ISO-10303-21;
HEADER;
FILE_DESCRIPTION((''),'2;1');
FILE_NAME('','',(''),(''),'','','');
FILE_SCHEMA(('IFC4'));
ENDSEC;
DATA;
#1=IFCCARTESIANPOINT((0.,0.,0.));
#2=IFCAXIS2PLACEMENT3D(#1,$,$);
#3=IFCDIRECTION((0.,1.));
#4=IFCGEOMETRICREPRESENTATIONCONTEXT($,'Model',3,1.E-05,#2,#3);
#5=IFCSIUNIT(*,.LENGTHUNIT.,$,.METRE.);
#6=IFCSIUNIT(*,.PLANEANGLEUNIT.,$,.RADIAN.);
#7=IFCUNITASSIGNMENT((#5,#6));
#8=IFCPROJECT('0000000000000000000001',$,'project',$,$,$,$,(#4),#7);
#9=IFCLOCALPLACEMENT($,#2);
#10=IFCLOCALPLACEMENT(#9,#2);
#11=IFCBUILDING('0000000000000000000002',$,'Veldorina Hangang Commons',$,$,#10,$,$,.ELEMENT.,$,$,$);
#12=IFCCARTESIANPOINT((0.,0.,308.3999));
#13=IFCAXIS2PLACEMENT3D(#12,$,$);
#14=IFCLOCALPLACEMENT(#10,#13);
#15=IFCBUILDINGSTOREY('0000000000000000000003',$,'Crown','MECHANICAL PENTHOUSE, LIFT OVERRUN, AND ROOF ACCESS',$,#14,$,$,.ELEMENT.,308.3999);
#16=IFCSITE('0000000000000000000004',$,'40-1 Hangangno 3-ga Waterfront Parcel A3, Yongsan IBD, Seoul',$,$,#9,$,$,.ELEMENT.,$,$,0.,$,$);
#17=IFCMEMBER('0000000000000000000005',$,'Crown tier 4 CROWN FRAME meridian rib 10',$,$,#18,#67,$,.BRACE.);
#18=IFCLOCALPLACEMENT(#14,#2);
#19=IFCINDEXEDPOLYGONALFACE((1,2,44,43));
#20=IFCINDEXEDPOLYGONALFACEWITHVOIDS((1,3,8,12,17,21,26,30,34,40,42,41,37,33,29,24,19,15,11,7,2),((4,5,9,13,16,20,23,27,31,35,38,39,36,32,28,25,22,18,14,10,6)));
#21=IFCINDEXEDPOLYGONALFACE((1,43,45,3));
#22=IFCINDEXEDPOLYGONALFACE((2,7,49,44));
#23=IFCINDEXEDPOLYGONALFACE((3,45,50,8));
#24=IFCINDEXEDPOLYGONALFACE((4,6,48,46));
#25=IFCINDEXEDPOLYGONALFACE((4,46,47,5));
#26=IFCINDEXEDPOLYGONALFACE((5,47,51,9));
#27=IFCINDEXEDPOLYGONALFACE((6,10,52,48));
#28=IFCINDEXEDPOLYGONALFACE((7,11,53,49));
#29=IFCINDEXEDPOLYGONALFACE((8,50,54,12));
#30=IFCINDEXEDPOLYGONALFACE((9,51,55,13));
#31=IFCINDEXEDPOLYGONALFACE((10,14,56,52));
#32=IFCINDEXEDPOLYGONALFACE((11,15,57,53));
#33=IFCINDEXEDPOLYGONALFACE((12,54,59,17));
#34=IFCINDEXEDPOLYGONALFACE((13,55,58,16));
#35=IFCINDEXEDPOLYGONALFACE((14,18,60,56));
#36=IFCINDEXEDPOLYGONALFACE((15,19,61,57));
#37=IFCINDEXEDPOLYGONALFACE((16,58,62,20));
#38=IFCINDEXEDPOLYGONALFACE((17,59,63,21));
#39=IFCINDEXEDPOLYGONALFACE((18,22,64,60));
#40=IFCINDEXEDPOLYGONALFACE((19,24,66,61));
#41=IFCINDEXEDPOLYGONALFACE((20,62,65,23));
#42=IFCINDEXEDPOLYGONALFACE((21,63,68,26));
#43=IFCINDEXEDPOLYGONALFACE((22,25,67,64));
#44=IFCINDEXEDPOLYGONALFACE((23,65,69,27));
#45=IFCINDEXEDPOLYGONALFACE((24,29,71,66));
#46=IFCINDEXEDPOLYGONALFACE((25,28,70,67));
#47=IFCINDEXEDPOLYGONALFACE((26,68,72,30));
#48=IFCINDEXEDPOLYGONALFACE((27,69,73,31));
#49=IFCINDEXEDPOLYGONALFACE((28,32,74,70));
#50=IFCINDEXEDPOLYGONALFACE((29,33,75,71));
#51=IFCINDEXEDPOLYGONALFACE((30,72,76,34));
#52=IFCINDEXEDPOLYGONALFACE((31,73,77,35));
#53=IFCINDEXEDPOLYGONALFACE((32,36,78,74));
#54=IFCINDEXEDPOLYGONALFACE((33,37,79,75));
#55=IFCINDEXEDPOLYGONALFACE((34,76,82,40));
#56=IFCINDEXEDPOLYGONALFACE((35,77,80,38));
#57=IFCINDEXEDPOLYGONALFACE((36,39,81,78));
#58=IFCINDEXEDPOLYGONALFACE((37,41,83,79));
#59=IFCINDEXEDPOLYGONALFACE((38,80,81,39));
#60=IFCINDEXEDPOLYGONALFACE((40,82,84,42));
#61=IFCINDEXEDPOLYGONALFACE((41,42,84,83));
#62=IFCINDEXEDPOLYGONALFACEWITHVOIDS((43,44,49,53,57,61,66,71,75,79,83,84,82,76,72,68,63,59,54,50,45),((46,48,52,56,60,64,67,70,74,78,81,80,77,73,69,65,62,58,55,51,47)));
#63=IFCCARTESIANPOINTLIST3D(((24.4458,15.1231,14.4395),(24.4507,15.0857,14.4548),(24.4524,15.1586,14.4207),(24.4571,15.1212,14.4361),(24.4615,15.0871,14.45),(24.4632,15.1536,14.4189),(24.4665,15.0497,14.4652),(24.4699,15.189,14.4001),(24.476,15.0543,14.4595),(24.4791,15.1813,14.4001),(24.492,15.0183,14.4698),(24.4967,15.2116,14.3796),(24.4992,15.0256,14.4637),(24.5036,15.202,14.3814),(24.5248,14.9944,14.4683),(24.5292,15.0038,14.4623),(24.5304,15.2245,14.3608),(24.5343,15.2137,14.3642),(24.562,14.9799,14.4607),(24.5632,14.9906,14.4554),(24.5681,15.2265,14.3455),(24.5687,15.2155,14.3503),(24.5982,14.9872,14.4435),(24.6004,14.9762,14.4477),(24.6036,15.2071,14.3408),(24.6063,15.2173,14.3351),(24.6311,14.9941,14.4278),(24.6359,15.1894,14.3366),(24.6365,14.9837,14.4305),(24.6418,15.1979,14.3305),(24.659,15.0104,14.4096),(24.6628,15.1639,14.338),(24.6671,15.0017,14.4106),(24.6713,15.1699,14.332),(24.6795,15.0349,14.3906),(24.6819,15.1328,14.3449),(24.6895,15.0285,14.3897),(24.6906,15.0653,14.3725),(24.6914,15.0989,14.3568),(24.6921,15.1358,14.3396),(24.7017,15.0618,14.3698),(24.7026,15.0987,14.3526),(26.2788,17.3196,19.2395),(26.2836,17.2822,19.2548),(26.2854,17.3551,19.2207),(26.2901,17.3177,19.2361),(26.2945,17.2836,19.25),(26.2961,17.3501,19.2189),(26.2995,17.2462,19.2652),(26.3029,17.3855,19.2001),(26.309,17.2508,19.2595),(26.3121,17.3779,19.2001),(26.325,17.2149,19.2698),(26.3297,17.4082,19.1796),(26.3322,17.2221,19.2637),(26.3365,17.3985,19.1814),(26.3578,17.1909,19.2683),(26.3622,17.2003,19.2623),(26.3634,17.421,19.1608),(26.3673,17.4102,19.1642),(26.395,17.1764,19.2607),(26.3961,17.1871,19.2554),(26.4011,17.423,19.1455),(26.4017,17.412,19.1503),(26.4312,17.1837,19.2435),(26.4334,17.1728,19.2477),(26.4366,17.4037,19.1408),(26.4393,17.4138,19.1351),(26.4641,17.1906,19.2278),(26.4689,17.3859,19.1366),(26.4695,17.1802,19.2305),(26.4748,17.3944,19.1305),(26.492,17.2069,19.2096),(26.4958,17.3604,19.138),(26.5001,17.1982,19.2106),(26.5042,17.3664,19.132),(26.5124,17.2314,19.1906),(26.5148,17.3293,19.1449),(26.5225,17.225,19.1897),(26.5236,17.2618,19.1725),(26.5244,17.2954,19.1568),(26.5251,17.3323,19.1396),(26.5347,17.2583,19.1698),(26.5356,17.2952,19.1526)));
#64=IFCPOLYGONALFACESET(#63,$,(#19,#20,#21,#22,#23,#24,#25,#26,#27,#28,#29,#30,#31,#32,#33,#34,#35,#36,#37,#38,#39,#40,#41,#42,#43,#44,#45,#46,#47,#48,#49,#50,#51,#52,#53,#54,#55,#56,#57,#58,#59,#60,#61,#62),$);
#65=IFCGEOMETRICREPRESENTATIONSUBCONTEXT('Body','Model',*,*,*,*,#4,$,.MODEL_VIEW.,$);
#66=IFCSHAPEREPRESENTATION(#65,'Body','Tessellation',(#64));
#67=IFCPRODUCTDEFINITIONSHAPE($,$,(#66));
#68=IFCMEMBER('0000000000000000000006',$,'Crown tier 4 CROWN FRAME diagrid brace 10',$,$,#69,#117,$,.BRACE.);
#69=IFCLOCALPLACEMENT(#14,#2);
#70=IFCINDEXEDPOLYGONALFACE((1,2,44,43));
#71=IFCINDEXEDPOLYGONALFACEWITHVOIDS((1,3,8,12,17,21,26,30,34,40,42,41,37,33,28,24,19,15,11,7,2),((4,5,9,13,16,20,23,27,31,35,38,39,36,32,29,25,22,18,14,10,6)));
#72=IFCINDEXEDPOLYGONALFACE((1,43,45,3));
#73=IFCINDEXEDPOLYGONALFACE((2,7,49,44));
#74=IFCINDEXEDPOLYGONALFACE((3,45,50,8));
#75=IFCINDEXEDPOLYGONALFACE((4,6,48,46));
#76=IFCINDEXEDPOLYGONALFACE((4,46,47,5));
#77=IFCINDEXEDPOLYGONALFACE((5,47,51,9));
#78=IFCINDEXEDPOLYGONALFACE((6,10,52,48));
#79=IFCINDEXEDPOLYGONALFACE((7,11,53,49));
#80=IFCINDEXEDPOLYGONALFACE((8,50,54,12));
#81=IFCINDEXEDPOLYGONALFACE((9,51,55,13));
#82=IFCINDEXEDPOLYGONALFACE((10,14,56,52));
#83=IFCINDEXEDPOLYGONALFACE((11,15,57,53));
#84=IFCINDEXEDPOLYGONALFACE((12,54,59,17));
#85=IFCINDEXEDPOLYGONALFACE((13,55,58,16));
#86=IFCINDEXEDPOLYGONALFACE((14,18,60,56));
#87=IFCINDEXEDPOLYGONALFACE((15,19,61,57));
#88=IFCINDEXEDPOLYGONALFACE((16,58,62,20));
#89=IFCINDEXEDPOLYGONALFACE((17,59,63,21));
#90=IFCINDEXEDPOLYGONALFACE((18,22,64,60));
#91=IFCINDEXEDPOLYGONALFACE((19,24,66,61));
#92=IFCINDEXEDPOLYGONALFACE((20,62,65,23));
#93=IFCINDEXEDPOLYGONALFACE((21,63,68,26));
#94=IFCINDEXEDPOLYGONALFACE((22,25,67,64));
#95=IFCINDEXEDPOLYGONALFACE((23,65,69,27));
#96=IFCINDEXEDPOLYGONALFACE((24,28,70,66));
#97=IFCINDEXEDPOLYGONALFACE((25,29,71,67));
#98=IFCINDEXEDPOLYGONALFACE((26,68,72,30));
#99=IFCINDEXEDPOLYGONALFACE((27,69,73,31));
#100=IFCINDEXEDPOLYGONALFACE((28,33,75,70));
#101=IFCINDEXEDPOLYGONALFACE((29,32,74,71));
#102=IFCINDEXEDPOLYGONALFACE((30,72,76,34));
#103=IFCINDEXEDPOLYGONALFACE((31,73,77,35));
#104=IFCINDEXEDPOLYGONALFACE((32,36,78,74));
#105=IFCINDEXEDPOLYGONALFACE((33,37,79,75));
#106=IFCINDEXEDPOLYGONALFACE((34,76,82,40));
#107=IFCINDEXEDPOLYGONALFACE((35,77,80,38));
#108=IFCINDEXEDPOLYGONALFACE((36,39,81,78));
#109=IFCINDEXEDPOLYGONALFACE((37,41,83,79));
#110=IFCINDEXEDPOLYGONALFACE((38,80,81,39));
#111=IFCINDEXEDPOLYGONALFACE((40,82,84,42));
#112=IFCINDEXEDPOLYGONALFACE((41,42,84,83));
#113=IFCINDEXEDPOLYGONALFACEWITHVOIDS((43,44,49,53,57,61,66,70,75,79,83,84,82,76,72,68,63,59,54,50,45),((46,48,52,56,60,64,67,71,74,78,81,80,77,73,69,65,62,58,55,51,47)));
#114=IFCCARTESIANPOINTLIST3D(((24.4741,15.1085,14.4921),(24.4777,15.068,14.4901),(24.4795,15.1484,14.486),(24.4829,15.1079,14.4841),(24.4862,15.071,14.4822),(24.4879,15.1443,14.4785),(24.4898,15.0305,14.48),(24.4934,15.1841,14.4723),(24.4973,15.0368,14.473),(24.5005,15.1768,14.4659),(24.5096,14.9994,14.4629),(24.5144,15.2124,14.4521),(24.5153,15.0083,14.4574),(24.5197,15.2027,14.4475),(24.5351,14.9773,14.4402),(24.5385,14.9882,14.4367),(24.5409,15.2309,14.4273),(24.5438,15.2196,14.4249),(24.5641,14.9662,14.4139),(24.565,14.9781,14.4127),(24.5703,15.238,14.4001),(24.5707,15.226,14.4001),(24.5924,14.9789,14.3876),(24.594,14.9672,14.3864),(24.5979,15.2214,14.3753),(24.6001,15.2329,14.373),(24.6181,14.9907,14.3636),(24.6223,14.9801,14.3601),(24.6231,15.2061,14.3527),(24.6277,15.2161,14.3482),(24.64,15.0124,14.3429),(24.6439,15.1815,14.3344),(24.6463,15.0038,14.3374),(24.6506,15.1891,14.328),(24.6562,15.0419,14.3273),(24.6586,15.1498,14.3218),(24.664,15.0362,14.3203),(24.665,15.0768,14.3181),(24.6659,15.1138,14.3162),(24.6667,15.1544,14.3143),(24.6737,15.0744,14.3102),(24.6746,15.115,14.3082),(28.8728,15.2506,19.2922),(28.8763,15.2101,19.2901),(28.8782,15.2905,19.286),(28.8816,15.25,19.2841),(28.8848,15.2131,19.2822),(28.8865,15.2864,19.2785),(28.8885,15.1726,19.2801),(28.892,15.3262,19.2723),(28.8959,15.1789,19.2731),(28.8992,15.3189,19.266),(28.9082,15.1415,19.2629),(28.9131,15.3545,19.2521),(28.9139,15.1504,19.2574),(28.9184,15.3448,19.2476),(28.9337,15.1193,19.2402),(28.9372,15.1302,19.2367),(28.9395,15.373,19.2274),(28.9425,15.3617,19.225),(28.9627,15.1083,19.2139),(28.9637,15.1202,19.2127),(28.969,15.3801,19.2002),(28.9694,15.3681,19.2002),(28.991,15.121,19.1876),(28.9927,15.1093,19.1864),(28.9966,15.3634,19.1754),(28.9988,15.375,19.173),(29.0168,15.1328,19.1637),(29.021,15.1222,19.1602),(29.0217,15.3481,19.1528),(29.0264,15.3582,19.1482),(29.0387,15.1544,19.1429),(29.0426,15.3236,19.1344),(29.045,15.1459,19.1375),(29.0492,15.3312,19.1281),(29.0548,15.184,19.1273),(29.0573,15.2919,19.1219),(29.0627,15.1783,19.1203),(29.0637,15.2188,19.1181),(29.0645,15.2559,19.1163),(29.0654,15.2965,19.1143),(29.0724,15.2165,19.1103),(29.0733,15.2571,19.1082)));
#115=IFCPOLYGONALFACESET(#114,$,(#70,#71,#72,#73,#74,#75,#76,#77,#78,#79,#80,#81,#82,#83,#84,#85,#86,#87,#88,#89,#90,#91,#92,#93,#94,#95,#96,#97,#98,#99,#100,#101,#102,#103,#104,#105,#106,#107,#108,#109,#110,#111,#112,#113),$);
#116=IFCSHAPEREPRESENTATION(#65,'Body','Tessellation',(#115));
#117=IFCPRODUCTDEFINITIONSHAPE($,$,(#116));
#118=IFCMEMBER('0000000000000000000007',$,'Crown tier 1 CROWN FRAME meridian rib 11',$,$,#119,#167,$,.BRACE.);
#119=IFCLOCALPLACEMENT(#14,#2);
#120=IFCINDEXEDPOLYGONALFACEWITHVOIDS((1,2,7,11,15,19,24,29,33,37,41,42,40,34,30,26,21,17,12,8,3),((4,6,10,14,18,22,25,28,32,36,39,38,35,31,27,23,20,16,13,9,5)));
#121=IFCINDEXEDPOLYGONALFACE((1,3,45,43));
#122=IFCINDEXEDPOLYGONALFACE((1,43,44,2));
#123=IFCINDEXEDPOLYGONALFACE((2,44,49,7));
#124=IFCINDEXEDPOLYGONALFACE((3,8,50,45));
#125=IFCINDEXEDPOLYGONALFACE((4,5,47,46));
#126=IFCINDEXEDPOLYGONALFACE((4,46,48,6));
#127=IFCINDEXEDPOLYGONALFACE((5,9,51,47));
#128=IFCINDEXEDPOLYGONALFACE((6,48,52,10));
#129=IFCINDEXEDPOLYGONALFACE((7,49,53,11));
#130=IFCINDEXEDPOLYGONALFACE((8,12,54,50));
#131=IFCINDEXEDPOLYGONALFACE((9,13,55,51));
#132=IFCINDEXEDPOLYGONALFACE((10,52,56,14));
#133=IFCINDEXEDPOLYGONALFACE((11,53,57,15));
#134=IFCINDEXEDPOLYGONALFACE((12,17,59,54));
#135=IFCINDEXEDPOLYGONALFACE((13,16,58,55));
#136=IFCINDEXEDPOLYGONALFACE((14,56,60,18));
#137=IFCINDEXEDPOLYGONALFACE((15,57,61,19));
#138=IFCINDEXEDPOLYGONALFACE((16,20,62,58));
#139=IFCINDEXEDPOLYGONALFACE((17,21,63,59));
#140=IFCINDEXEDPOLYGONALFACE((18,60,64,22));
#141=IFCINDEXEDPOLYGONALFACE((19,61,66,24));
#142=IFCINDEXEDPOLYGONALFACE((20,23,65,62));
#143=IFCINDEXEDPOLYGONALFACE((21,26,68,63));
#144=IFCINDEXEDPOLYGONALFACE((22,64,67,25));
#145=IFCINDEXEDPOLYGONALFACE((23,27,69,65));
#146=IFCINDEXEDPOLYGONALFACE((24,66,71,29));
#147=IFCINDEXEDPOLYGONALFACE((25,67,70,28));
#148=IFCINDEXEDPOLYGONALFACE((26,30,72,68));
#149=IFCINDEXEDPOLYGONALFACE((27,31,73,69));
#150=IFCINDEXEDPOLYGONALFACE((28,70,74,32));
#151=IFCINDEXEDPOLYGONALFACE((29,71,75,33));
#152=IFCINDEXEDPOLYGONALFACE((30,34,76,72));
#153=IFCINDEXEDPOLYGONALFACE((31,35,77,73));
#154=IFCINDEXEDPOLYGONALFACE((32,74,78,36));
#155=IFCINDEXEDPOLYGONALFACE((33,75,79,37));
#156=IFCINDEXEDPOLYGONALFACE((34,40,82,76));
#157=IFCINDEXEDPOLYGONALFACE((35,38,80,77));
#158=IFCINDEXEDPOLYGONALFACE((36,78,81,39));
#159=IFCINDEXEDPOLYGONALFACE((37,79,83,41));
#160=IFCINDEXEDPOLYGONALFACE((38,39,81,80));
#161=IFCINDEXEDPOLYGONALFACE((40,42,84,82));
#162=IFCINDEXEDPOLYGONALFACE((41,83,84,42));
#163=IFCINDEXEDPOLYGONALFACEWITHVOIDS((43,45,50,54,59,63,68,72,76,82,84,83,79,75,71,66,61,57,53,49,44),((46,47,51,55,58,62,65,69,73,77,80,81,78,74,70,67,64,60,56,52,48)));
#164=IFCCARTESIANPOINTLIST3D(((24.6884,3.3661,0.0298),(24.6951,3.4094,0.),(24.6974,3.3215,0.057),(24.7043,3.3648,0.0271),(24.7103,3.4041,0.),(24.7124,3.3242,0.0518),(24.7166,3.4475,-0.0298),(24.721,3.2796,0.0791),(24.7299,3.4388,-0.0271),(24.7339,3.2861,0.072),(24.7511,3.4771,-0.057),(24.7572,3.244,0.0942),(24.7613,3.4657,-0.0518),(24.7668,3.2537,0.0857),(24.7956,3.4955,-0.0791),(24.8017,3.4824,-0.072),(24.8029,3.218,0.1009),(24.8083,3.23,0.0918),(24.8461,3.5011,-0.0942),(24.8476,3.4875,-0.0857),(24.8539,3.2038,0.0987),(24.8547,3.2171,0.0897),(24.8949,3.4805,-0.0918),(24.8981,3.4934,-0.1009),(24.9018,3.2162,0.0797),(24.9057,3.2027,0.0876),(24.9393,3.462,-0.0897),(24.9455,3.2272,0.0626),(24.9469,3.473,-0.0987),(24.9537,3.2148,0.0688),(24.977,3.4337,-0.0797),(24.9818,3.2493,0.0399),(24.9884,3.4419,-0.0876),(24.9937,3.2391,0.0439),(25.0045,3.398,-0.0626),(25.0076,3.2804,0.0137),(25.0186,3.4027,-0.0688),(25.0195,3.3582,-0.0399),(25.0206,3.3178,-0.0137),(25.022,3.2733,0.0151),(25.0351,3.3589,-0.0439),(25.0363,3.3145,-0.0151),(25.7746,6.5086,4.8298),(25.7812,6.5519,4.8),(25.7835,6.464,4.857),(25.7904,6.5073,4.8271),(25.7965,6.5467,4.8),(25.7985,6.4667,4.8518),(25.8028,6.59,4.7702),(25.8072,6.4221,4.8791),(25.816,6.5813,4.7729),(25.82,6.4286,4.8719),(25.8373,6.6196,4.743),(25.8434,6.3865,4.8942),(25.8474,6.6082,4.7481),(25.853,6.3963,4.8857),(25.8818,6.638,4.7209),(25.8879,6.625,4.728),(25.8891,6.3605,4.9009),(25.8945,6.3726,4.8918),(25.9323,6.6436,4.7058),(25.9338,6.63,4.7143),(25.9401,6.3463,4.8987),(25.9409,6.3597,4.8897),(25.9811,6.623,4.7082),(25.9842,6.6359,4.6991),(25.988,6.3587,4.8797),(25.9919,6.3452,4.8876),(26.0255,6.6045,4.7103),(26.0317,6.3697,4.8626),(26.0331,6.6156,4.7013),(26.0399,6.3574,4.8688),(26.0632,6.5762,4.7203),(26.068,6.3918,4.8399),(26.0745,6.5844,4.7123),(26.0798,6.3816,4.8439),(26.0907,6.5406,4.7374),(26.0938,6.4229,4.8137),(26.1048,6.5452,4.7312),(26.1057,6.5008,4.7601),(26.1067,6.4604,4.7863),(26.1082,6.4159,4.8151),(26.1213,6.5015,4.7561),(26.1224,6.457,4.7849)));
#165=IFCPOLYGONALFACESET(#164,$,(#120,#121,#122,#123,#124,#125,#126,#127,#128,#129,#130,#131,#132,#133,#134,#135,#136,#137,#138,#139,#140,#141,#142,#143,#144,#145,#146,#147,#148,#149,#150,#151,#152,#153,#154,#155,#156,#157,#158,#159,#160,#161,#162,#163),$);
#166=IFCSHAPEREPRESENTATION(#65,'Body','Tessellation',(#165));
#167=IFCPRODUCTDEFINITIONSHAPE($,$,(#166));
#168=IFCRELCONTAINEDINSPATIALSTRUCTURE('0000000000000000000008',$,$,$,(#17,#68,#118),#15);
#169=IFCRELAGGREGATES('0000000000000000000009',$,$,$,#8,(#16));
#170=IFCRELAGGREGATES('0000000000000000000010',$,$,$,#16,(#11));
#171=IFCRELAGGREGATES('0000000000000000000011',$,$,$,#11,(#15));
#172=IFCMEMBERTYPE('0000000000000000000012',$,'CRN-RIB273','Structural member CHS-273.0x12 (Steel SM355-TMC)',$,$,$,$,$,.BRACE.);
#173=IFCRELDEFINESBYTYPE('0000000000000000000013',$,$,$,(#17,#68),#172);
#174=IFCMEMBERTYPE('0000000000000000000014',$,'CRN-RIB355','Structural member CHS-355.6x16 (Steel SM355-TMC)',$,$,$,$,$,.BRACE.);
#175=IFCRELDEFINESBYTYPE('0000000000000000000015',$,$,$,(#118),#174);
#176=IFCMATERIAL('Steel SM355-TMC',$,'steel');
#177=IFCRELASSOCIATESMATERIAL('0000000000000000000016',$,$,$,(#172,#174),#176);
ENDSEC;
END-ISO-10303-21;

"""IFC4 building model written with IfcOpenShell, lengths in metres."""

from ifc_helpers import new_model, si_unit, direction, frame, origin, origin_2d, place, context, subcontext, project, spatial, hollow_circle, extrude, material, material_profile, profile_set, type_object, element, save


model = new_model("IFC4")

# Units and contexts
model_context = context("Model", 3, precision=1e-05, world=origin(), true_north=direction((0.0, 1.0)))
body_context = subcontext(model_context, "Body", "Model", "MODEL_VIEW")
ifc_project = project(units=[si_unit("LENGTHUNIT", "METRE"), si_unit("PLANEANGLEUNIT", "RADIAN")], contexts=[model_context])

# Site, building, storey
site_placement = place(None, origin())
site = spatial("IfcSite", under=ifc_project, at=site_placement, Name="40-1 Hangangno 3-ga Waterfront Parcel A3, Yongsan IBD, Seoul", CompositionType="ELEMENT", RefElevation=0.0)
building_placement = place(site_placement, origin())
building = spatial("IfcBuilding", under=site, at=building_placement, Name="Veldorina Hangang Commons", CompositionType="ELEMENT")
storey_placement = place(building_placement, frame((0.0, 0.0, 308.3999)))
storey = spatial("IfcBuildingStorey", under=building, at=storey_placement, Name="Crown", Description="MECHANICAL PENTHOUSE, LIFT OVERRUN, AND ROOF ACCESS", CompositionType="ELEMENT", Elevation=308.3999)

# Members
ifc_material_1 = material(Name="Steel SM355-TMC", Category="steel")
ifc_material_profile_1 = material_profile(ifc_material_1, hollow_circle(Radius=0.1365, WallThickness=0.012, at=origin_2d()), Name="CHS-273.0x12")
ifc_profile_set_1 = profile_set([ifc_material_profile_1], Name="Steel SM355-TMC")
member_type_1 = type_object("IfcMemberType", Name="CRN-RIB273", Description="Structural member CHS-273.0x12 (Steel SM355-TMC)", PredefinedType="BRACE", material=ifc_profile_set_1)
member_1_placement = place(storey_placement, frame((24.5747, 15.1016, 14.4001), z_axis=(0.328029, 0.393084, 0.859001), x_axis=(-0.76778, 0.640713, 0.0)))
element("IfcMember", 1, at=member_1_placement, inside=storey, type_object=member_type_1, Name="Crown tier 4 CROWN FRAME meridian rib 10", PredefinedType="BRACE", context=body_context, shape_type="SweptSolid", body=[
    extrude(hollow_circle(Radius=0.1365, WallThickness=0.012, at=origin_2d()), origin(), (0.0, 0.0, 1.0), 5.5879),
])
member_2_placement = place(storey_placement, frame((24.5747, 15.1016, 14.4001), z_axis=(0.67545, 0.021819, 0.737083), x_axis=(-0.032286, 0.999479, 0.0)))
element("IfcMember", 2, at=member_2_placement, inside=storey, type_object=member_type_1, Name="Crown tier 4 CROWN FRAME diagrid brace 10", PredefinedType="BRACE", context=body_context, shape_type="SweptSolid", body=[
    extrude(hollow_circle(Radius=0.1365, WallThickness=0.012, at=origin_2d()), origin(), (0.0, 0.0, 1.0), 6.5122),
])
ifc_material_profile_2 = material_profile(ifc_material_1, hollow_circle(Radius=0.1777, WallThickness=0.0161, at=origin_2d()), Name="CHS-355.6x16")
ifc_profile_set_2 = profile_set([ifc_material_profile_2], Name="Steel SM355-TMC")
member_type_2 = type_object("IfcMemberType", Name="CRN-RIB355", Description="Structural member CHS-355.6x16 (Steel SM355-TMC)", PredefinedType="BRACE", material=ifc_profile_set_2)
member_3_placement = place(storey_placement, frame((24.863, 3.3513, 0.0), z_axis=(0.186016, 0.538188, 0.822041), x_axis=(-0.945138, 0.326672, 0.0)))
element("IfcMember", 3, at=member_3_placement, inside=storey, type_object=member_type_2, Name="Crown tier 1 CROWN FRAME meridian rib 11", PredefinedType="BRACE", context=body_context, shape_type="SweptSolid", body=[
    extrude(hollow_circle(Radius=0.1777, WallThickness=0.0161, at=origin_2d()), origin(), (0.0, 0.0, 1.0), 5.8391),
])

save(model, "model.ifc")
